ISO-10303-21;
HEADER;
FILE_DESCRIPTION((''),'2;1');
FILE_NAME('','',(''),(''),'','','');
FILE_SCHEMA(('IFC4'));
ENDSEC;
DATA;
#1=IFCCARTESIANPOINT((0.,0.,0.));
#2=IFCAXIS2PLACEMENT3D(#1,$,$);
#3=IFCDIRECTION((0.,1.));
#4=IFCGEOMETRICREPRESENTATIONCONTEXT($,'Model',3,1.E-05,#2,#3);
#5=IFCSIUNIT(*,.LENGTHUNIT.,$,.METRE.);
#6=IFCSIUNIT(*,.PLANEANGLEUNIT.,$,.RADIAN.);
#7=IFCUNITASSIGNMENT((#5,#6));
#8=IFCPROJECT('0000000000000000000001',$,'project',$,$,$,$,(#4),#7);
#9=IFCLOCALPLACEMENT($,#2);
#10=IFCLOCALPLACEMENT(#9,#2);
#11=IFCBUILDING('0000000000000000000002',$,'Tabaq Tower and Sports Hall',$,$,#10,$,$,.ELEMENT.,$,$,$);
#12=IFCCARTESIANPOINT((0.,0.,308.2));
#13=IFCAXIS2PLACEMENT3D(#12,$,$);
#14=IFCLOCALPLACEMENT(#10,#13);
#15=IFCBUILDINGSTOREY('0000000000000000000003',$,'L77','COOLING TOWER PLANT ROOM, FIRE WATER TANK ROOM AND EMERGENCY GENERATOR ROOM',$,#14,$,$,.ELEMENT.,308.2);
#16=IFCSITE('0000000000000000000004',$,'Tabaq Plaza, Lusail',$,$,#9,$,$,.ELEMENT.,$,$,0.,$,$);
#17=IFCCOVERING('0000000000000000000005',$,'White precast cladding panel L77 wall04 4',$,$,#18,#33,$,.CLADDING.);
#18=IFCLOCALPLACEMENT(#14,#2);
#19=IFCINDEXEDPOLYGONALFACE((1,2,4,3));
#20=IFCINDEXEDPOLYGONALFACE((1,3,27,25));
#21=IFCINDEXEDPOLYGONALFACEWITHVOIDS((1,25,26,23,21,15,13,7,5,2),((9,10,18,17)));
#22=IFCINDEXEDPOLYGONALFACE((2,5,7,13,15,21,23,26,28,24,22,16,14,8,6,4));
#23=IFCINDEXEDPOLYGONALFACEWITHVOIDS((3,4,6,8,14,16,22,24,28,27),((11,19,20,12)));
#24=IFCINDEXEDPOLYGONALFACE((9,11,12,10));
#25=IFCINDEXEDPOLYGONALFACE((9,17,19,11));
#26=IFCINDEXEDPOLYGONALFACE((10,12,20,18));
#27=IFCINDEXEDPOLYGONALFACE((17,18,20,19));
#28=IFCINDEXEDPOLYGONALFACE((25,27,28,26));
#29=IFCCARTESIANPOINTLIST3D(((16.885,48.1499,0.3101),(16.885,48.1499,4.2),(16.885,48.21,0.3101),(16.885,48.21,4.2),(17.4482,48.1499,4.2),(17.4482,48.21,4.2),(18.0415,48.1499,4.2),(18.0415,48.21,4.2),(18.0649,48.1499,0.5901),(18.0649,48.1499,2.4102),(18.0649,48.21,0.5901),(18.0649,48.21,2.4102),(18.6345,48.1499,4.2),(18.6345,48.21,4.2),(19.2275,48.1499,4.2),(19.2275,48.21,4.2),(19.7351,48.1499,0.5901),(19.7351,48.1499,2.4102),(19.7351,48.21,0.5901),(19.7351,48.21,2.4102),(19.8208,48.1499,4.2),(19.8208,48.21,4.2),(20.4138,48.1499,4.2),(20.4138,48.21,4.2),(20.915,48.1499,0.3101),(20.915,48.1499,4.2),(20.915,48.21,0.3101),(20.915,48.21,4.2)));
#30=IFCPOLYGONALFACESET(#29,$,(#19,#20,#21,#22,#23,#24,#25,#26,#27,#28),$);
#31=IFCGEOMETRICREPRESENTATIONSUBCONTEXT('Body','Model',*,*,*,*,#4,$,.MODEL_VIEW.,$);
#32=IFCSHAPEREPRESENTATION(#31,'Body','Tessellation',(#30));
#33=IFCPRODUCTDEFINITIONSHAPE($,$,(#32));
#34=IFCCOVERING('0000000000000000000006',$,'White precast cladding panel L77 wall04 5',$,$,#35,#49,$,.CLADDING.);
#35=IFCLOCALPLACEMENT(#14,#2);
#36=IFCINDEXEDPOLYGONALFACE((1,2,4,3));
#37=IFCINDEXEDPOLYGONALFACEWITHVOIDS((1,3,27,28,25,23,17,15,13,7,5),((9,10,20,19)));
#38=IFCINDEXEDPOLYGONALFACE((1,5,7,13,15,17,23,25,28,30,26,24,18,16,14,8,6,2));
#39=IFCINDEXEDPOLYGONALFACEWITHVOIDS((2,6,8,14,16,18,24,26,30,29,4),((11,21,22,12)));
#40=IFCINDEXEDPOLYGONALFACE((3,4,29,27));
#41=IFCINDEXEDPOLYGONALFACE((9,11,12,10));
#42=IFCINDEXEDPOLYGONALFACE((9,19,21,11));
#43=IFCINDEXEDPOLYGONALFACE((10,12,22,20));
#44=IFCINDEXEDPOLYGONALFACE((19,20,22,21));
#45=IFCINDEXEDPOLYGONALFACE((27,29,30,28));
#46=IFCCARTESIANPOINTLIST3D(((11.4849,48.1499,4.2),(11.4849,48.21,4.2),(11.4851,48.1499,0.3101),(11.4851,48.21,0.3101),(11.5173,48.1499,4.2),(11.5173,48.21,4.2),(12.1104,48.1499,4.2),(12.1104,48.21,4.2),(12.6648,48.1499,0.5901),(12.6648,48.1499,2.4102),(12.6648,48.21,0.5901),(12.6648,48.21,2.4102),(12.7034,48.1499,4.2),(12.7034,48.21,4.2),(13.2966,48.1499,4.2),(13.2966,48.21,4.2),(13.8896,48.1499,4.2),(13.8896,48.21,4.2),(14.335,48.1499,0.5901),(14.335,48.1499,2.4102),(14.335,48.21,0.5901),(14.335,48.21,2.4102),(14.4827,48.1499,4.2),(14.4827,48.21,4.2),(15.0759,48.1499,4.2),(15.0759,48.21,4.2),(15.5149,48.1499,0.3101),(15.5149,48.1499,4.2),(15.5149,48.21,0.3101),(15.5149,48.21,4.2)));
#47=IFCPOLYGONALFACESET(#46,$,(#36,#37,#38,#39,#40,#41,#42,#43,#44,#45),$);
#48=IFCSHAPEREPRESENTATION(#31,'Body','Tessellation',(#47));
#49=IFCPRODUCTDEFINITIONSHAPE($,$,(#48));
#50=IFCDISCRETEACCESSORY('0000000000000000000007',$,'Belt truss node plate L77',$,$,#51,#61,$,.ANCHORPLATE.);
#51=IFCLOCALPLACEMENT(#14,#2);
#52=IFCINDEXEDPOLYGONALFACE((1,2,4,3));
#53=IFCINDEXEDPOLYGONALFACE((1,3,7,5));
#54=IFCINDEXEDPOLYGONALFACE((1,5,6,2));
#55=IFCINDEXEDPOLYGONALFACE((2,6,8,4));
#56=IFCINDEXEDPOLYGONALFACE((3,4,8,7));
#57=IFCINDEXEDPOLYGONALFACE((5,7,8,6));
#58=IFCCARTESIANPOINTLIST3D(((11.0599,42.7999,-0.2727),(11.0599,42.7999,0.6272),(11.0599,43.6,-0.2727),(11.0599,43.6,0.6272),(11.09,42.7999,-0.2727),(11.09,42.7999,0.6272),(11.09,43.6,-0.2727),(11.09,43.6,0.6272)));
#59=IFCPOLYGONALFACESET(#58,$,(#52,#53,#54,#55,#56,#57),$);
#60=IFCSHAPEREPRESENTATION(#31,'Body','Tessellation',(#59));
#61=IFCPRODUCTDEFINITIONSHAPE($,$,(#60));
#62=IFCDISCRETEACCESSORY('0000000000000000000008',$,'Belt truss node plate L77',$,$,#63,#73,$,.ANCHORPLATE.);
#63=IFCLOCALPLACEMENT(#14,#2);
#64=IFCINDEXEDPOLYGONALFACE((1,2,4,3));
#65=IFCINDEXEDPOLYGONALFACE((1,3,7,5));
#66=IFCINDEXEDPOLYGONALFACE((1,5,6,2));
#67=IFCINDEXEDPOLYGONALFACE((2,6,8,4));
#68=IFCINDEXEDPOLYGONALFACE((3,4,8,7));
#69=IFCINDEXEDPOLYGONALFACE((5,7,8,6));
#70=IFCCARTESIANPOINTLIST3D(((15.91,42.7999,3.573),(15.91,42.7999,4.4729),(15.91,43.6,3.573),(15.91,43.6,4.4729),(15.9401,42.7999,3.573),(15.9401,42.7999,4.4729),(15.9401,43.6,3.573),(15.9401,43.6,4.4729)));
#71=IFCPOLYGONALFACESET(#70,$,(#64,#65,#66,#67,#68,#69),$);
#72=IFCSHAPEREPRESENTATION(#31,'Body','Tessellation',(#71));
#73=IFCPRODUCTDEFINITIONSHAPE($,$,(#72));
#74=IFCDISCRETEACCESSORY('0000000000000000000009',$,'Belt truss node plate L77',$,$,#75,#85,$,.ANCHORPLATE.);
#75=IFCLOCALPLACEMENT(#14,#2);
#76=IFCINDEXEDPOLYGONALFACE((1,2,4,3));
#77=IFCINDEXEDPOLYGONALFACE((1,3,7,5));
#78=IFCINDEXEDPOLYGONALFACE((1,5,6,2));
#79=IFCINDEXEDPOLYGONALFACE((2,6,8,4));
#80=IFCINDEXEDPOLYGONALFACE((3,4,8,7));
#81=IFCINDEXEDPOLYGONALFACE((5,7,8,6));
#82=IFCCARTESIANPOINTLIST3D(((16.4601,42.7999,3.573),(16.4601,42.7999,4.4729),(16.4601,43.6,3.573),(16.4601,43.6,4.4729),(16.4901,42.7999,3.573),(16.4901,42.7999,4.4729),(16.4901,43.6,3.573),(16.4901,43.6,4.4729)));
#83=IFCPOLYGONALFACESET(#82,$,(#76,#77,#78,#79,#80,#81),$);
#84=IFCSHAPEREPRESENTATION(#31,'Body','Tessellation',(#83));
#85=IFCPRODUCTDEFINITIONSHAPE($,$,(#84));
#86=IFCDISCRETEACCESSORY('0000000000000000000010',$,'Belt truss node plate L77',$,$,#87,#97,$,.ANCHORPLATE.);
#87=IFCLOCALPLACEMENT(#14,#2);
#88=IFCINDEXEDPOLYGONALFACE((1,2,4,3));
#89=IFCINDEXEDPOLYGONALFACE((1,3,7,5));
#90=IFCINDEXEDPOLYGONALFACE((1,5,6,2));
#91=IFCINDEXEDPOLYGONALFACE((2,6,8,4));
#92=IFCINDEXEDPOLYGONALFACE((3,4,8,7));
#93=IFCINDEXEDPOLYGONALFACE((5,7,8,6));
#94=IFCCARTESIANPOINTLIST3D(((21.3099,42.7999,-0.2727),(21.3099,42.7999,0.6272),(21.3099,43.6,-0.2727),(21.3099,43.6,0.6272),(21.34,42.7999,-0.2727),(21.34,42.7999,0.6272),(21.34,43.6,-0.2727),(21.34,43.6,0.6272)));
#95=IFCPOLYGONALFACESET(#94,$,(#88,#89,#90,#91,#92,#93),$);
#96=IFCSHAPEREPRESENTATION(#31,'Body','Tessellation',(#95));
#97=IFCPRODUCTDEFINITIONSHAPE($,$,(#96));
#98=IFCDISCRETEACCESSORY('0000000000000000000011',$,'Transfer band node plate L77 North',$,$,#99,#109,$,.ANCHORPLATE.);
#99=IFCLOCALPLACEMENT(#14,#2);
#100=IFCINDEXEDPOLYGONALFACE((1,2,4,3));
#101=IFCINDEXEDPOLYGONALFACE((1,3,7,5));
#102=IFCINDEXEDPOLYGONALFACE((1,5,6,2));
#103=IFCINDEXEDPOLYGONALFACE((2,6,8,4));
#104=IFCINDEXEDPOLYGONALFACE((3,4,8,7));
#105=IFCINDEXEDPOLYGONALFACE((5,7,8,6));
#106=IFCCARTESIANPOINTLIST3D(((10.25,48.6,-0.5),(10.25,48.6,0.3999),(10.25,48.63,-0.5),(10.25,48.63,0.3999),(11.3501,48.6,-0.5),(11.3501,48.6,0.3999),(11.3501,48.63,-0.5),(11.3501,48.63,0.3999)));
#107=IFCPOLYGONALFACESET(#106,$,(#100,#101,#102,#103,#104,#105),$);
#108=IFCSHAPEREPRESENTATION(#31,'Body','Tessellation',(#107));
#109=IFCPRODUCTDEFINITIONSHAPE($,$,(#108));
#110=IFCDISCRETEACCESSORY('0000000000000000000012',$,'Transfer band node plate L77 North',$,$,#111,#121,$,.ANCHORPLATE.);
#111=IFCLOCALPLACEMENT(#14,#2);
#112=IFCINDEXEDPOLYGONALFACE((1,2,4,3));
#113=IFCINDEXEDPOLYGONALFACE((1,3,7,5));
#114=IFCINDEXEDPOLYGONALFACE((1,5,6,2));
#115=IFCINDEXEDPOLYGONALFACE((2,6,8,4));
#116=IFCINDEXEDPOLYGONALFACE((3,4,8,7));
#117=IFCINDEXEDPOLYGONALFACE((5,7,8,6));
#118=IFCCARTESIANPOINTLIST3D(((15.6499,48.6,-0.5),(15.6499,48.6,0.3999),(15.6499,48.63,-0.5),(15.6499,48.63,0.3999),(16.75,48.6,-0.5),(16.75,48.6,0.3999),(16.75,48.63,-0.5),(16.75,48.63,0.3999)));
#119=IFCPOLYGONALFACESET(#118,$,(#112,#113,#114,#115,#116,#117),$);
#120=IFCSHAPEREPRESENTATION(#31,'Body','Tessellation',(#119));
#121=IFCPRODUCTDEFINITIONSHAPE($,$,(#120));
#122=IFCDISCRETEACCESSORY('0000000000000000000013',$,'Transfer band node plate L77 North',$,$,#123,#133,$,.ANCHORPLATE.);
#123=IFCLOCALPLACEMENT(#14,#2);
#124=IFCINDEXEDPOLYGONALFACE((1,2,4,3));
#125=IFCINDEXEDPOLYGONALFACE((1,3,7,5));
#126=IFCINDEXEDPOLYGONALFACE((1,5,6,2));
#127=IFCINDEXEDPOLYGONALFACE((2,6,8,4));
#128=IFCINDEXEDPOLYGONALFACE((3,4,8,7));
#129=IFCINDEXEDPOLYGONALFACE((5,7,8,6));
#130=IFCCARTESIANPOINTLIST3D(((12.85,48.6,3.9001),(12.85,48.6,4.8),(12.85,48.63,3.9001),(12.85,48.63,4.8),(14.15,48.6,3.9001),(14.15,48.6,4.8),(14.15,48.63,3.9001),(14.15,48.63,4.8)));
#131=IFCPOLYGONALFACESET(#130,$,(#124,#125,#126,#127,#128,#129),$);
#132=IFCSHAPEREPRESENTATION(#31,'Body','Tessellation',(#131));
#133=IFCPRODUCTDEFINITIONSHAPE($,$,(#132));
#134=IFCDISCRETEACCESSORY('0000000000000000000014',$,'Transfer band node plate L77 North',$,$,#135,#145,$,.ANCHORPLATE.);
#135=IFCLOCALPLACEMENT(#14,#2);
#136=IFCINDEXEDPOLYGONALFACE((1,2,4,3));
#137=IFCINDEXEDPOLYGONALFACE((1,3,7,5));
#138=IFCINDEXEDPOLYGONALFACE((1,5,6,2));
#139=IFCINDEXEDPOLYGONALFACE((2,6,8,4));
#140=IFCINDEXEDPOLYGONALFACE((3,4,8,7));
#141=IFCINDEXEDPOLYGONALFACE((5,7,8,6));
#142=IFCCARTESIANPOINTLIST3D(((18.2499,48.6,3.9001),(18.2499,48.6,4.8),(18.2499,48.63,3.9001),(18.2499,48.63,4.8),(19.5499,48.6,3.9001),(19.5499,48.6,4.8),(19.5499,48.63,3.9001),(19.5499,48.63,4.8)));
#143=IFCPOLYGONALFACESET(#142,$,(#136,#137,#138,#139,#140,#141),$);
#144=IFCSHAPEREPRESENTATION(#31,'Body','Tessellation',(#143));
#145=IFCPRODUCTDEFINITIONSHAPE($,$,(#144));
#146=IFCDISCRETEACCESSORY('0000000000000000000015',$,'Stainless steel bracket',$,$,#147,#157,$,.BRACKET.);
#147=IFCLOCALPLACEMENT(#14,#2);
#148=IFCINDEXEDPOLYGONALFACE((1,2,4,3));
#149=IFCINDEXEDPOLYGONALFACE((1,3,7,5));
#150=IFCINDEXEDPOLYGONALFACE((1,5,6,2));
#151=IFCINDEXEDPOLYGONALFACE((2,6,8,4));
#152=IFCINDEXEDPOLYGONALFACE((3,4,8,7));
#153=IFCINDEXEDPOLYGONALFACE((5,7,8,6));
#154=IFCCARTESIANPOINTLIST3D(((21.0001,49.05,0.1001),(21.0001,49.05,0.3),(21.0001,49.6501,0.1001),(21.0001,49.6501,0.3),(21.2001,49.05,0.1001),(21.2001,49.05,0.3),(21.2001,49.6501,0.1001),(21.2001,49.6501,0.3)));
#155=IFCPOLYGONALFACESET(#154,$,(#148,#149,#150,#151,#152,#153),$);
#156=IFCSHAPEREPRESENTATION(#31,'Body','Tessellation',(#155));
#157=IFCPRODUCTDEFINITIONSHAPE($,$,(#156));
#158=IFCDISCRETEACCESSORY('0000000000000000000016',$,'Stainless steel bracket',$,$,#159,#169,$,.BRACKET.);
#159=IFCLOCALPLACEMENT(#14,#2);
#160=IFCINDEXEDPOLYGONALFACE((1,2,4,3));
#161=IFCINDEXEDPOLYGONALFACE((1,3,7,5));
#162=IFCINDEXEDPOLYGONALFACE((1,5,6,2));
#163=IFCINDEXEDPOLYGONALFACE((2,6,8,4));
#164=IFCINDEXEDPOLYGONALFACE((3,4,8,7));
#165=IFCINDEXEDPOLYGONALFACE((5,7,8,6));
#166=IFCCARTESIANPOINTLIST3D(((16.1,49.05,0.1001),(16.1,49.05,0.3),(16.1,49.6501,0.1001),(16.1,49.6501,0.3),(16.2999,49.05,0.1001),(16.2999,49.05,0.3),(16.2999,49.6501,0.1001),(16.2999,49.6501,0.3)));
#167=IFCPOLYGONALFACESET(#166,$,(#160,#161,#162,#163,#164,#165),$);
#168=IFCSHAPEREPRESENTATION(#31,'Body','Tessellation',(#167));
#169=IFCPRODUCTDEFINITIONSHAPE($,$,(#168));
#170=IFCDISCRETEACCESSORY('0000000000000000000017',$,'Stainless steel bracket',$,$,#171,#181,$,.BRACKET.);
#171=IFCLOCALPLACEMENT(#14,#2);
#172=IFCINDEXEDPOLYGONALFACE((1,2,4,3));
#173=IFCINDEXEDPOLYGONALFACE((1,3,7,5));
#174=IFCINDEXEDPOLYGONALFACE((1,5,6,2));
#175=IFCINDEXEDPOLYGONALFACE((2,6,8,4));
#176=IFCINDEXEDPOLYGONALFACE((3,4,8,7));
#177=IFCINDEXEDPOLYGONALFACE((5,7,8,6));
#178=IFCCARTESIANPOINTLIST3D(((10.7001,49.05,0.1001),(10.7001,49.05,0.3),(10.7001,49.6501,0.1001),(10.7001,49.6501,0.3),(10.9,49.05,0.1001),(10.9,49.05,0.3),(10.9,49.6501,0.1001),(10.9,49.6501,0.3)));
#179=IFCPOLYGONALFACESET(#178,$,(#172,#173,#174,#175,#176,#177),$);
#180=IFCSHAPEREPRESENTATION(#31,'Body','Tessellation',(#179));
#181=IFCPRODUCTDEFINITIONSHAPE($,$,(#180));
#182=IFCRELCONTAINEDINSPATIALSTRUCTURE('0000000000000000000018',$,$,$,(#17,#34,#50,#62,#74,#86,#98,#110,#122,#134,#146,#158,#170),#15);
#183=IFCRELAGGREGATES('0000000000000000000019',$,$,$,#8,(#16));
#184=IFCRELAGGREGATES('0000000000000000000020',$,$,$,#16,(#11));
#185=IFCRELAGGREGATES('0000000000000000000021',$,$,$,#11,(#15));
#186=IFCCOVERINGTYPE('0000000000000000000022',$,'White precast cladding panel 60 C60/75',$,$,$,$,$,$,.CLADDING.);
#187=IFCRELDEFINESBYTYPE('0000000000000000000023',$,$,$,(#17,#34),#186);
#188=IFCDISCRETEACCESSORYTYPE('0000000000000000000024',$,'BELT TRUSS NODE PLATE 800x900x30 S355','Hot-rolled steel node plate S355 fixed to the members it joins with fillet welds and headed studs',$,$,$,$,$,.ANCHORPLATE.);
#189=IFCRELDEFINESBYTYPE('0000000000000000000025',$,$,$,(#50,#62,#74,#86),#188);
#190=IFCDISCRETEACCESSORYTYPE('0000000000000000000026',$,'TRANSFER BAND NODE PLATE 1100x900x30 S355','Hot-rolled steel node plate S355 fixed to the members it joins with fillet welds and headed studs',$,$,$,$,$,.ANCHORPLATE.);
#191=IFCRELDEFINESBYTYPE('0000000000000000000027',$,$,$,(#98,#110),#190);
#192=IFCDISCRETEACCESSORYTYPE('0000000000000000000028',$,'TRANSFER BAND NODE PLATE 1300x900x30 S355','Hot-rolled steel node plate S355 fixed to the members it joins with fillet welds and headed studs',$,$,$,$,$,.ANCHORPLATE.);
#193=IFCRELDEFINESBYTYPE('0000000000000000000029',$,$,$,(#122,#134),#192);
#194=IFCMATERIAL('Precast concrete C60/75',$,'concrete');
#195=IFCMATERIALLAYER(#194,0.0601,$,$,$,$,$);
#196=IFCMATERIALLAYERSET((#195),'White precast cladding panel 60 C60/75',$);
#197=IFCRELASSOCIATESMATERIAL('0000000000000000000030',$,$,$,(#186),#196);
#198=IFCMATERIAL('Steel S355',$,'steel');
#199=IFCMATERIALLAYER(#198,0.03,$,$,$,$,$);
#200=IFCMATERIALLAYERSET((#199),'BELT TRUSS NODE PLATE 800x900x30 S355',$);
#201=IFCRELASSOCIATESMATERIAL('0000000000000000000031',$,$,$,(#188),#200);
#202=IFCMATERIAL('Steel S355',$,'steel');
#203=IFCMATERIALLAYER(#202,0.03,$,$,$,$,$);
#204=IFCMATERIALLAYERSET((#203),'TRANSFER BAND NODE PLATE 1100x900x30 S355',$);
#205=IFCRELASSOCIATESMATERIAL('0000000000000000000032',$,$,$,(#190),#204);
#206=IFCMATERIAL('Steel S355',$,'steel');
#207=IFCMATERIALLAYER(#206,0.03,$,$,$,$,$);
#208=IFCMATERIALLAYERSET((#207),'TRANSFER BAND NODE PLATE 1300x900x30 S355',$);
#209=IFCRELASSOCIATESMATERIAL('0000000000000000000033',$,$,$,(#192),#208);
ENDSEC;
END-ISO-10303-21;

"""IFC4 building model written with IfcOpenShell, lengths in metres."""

from ifc_helpers import new_model, si_unit, direction, frame, origin, origin_2d, place, context, subcontext, project, spatial, polyline, rectangle, outline, extrude, material, layer, layer_set, type_object, element, save


model = new_model("IFC4")

# Units and contexts
model_context = context("Model", 3, precision=1e-05, world=origin(), true_north=direction((0.0, 1.0)))
body_context = subcontext(model_context, "Body", "Model", "MODEL_VIEW")
ifc_project = project(units=[si_unit("LENGTHUNIT", "METRE"), si_unit("PLANEANGLEUNIT", "RADIAN")], contexts=[model_context])

# Site, building, storey
site_placement = place(None, origin())
site = spatial("IfcSite", under=ifc_project, at=site_placement, Name="Tabaq Plaza, Lusail", CompositionType="ELEMENT", RefElevation=0.0)
building_placement = place(site_placement, origin())
building = spatial("IfcBuilding", under=site, at=building_placement, Name="Tabaq Tower and Sports Hall", CompositionType="ELEMENT")
storey_placement = place(building_placement, frame((0.0, 0.0, 308.2)))
storey = spatial("IfcBuildingStorey", under=building, at=storey_placement, Name="L77", Description="COOLING TOWER PLANT ROOM, FIRE WATER TANK ROOM AND EMERGENCY GENERATOR ROOM", CompositionType="ELEMENT", Elevation=308.2)

# Coverings
ifc_material_1 = material(Name="Precast concrete C60/75", Category="concrete")
ifc_layer_1 = layer(ifc_material_1, 0.0601)
ifc_layer_set_1 = layer_set([ifc_layer_1], Name="White precast cladding panel 60 C60/75")
covering_type_1 = type_object("IfcCoveringType", Name="White precast cladding panel 60 C60/75", PredefinedType="CLADDING", material=ifc_layer_set_1)
covering_1_placement = place(storey_placement, frame((20.915, 48.1799, 0.3101), z_axis=(0.0, 0.0, 1.0), x_axis=(-1.0, 0.0, 0.0)))
element("IfcCovering", 1, at=covering_1_placement, inside=storey, type_object=covering_type_1, Name="White precast cladding panel L77 wall04 4", PredefinedType="CLADDING", context=body_context, shape_type="SweptSolid", body=[
    extrude(outline(polyline([(0.0, 0.0), (4.03, 0.0), (4.03, 3.8899), (3.4668, 3.8899), (2.8735, 3.8899), (2.2805, 3.8899), (1.6875, 3.8899), (1.0942, 3.8899), (0.5012, 3.8899), (0.0, 3.8899), (0.0, 0.0)]), holes=[polyline([(1.1799, 0.28), (1.1799, 2.1001), (2.8501, 2.1001), (2.8501, 0.28), (1.1799, 0.28)])]), frame((0.0, 0.03, 0.0), z_axis=(0.0, -1.0, 0.0), x_axis=(1.0, 0.0, 0.0)), (0.0, 0.0, 1.0), 0.0601),
])
covering_2_placement = place(storey_placement, frame((15.5149, 48.1799, 0.3101), z_axis=(0.0, 0.0, 1.0), x_axis=(-1.0, 0.0, 0.0)))
element("IfcCovering", 2, at=covering_2_placement, inside=storey, type_object=covering_type_1, Name="White precast cladding panel L77 wall04 5", PredefinedType="CLADDING", context=body_context, shape_type="SweptSolid", body=[
    extrude(outline(polyline([(0.0, 0.0), (4.0298, 0.0), (4.03, 3.8899), (3.9976, 3.8899), (3.4045, 3.8899), (2.8115, 3.8899), (2.2183, 3.8899), (1.6252, 3.8899), (1.0322, 3.8899), (0.439, 3.8899), (0.0, 3.8899), (0.0, 0.0)]), holes=[polyline([(1.1799, 0.28), (1.1799, 2.1001), (2.8501, 2.1001), (2.8501, 0.28), (1.1799, 0.28)])]), frame((0.0, 0.03, 0.0), z_axis=(0.0, -1.0, 0.0), x_axis=(1.0, 0.0, 0.0)), (0.0, 0.0, 1.0), 0.0601),
])

# Discrete accessories
ifc_material_2 = material(Name="Steel S355", Category="steel")
ifc_layer_2 = layer(ifc_material_2, 0.03)
ifc_layer_set_2 = layer_set([ifc_layer_2], Name="BELT TRUSS NODE PLATE 800x900x30 S355")
discrete_accessory_type_1 = type_object("IfcDiscreteAccessoryType", Name="BELT TRUSS NODE PLATE 800x900x30 S355", Description="Hot-rolled steel node plate S355 fixed to the members it joins with fillet welds and headed studs", PredefinedType="ANCHORPLATE", material=ifc_layer_set_2)
for number, where, z_axis, x_axis, name in (
    (3, (11.075, 43.2, -0.2727), (0.0, 0.0, 1.0), (1.0, 0.0, 0.0), "Belt truss node plate L77"),
    (4, (15.925, 43.2, 3.573), (0.0, 0.0, 1.0), (1.0, 0.0, 0.0), "Belt truss node plate L77"),
    (5, (16.4751, 43.2, 3.573), (0.0, 0.0, 1.0), (1.0, 0.0, 0.0), "Belt truss node plate L77"),
    (6, (21.325, 43.2, -0.2727), (0.0, 0.0, 1.0), (1.0, 0.0, 0.0), "Belt truss node plate L77"),
):
    element("IfcDiscreteAccessory", number, at=place(storey_placement, frame(where, z_axis=z_axis, x_axis=x_axis)), inside=storey, type_object=discrete_accessory_type_1, Name=name, PredefinedType="ANCHORPLATE", context=body_context, shape_type="SweptSolid", body=[
        extrude(rectangle(XDim=0.03, YDim=0.8, at=origin_2d()), origin(), (0.0, 0.0, 1.0), 0.8999),
    ])
ifc_material_3 = material(Name="Steel S355", Category="steel")
ifc_layer_3 = layer(ifc_material_3, 0.03)
ifc_layer_set_3 = layer_set([ifc_layer_3], Name="TRANSFER BAND NODE PLATE 1100x900x30 S355")
discrete_accessory_type_2 = type_object("IfcDiscreteAccessoryType", Name="TRANSFER BAND NODE PLATE 1100x900x30 S355", Description="Hot-rolled steel node plate S355 fixed to the members it joins with fillet welds and headed studs", PredefinedType="ANCHORPLATE", material=ifc_layer_set_3)
for number, where, z_axis, x_axis, name in (
    (7, (10.8, 48.615, -0.5), (0.0, 0.0, 1.0), (-1.0, 0.0, 0.0), "Transfer band node plate L77 North"),
    (8, (16.2, 48.615, -0.5), (0.0, 0.0, 1.0), (-1.0, 0.0, 0.0), "Transfer band node plate L77 North"),
):
    element("IfcDiscreteAccessory", number, at=place(storey_placement, frame(where, z_axis=z_axis, x_axis=x_axis)), inside=storey, type_object=discrete_accessory_type_2, Name=name, PredefinedType="ANCHORPLATE", context=body_context, shape_type="SweptSolid", body=[
        extrude(rectangle(XDim=1.1001, YDim=0.03, at=origin_2d()), origin(), (0.0, 0.0, 1.0), 0.8999),
    ])
ifc_material_4 = material(Name="Steel S355", Category="steel")
ifc_layer_4 = layer(ifc_material_4, 0.03)
ifc_layer_set_4 = layer_set([ifc_layer_4], Name="TRANSFER BAND NODE PLATE 1300x900x30 S355")
discrete_accessory_type_3 = type_object("IfcDiscreteAccessoryType", Name="TRANSFER BAND NODE PLATE 1300x900x30 S355", Description="Hot-rolled steel node plate S355 fixed to the members it joins with fillet welds and headed studs", PredefinedType="ANCHORPLATE", material=ifc_layer_set_4)
for number, where, z_axis, x_axis, name in (
    (9, (13.5, 48.615, 3.9001), (0.0, 0.0, 1.0), (-1.0, 0.0, 0.0), "Transfer band node plate L77 North"),
    (10, (18.8999, 48.615, 3.9001), (0.0, 0.0, 1.0), (-1.0, 0.0, 0.0), "Transfer band node plate L77 North"),
):
    element("IfcDiscreteAccessory", number, at=place(storey_placement, frame(where, z_axis=z_axis, x_axis=x_axis)), inside=storey, type_object=discrete_accessory_type_3, Name=name, PredefinedType="ANCHORPLATE", context=body_context, shape_type="SweptSolid", body=[
        extrude(rectangle(XDim=1.3, YDim=0.03, at=origin_2d()), origin(), (0.0, 0.0, 1.0), 0.8999),
    ])
for number, where, z_axis, x_axis, name in (
    (11, (21.1001, 49.3501, 0.1001), (0.0, 0.0, 1.0), (0.0, 1.0, 0.0), "Stainless steel bracket"),
    (12, (16.2, 49.3501, 0.1001), (0.0, 0.0, 1.0), (0.0, 1.0, 0.0), "Stainless steel bracket"),
    (13, (10.8, 49.3501, 0.1001), (0.0, 0.0, 1.0), (0.0, 1.0, 0.0), "Stainless steel bracket"),
):
    element("IfcDiscreteAccessory", number, at=place(storey_placement, frame(where, z_axis=z_axis, x_axis=x_axis)), inside=storey, Name=name, PredefinedType="BRACKET", context=body_context, shape_type="SweptSolid", body=[
        extrude(rectangle(XDim=0.6001, YDim=0.2, at=origin_2d()), origin(), (0.0, 0.0, 1.0), 0.2),
    ])

save(model, "model.ifc")
